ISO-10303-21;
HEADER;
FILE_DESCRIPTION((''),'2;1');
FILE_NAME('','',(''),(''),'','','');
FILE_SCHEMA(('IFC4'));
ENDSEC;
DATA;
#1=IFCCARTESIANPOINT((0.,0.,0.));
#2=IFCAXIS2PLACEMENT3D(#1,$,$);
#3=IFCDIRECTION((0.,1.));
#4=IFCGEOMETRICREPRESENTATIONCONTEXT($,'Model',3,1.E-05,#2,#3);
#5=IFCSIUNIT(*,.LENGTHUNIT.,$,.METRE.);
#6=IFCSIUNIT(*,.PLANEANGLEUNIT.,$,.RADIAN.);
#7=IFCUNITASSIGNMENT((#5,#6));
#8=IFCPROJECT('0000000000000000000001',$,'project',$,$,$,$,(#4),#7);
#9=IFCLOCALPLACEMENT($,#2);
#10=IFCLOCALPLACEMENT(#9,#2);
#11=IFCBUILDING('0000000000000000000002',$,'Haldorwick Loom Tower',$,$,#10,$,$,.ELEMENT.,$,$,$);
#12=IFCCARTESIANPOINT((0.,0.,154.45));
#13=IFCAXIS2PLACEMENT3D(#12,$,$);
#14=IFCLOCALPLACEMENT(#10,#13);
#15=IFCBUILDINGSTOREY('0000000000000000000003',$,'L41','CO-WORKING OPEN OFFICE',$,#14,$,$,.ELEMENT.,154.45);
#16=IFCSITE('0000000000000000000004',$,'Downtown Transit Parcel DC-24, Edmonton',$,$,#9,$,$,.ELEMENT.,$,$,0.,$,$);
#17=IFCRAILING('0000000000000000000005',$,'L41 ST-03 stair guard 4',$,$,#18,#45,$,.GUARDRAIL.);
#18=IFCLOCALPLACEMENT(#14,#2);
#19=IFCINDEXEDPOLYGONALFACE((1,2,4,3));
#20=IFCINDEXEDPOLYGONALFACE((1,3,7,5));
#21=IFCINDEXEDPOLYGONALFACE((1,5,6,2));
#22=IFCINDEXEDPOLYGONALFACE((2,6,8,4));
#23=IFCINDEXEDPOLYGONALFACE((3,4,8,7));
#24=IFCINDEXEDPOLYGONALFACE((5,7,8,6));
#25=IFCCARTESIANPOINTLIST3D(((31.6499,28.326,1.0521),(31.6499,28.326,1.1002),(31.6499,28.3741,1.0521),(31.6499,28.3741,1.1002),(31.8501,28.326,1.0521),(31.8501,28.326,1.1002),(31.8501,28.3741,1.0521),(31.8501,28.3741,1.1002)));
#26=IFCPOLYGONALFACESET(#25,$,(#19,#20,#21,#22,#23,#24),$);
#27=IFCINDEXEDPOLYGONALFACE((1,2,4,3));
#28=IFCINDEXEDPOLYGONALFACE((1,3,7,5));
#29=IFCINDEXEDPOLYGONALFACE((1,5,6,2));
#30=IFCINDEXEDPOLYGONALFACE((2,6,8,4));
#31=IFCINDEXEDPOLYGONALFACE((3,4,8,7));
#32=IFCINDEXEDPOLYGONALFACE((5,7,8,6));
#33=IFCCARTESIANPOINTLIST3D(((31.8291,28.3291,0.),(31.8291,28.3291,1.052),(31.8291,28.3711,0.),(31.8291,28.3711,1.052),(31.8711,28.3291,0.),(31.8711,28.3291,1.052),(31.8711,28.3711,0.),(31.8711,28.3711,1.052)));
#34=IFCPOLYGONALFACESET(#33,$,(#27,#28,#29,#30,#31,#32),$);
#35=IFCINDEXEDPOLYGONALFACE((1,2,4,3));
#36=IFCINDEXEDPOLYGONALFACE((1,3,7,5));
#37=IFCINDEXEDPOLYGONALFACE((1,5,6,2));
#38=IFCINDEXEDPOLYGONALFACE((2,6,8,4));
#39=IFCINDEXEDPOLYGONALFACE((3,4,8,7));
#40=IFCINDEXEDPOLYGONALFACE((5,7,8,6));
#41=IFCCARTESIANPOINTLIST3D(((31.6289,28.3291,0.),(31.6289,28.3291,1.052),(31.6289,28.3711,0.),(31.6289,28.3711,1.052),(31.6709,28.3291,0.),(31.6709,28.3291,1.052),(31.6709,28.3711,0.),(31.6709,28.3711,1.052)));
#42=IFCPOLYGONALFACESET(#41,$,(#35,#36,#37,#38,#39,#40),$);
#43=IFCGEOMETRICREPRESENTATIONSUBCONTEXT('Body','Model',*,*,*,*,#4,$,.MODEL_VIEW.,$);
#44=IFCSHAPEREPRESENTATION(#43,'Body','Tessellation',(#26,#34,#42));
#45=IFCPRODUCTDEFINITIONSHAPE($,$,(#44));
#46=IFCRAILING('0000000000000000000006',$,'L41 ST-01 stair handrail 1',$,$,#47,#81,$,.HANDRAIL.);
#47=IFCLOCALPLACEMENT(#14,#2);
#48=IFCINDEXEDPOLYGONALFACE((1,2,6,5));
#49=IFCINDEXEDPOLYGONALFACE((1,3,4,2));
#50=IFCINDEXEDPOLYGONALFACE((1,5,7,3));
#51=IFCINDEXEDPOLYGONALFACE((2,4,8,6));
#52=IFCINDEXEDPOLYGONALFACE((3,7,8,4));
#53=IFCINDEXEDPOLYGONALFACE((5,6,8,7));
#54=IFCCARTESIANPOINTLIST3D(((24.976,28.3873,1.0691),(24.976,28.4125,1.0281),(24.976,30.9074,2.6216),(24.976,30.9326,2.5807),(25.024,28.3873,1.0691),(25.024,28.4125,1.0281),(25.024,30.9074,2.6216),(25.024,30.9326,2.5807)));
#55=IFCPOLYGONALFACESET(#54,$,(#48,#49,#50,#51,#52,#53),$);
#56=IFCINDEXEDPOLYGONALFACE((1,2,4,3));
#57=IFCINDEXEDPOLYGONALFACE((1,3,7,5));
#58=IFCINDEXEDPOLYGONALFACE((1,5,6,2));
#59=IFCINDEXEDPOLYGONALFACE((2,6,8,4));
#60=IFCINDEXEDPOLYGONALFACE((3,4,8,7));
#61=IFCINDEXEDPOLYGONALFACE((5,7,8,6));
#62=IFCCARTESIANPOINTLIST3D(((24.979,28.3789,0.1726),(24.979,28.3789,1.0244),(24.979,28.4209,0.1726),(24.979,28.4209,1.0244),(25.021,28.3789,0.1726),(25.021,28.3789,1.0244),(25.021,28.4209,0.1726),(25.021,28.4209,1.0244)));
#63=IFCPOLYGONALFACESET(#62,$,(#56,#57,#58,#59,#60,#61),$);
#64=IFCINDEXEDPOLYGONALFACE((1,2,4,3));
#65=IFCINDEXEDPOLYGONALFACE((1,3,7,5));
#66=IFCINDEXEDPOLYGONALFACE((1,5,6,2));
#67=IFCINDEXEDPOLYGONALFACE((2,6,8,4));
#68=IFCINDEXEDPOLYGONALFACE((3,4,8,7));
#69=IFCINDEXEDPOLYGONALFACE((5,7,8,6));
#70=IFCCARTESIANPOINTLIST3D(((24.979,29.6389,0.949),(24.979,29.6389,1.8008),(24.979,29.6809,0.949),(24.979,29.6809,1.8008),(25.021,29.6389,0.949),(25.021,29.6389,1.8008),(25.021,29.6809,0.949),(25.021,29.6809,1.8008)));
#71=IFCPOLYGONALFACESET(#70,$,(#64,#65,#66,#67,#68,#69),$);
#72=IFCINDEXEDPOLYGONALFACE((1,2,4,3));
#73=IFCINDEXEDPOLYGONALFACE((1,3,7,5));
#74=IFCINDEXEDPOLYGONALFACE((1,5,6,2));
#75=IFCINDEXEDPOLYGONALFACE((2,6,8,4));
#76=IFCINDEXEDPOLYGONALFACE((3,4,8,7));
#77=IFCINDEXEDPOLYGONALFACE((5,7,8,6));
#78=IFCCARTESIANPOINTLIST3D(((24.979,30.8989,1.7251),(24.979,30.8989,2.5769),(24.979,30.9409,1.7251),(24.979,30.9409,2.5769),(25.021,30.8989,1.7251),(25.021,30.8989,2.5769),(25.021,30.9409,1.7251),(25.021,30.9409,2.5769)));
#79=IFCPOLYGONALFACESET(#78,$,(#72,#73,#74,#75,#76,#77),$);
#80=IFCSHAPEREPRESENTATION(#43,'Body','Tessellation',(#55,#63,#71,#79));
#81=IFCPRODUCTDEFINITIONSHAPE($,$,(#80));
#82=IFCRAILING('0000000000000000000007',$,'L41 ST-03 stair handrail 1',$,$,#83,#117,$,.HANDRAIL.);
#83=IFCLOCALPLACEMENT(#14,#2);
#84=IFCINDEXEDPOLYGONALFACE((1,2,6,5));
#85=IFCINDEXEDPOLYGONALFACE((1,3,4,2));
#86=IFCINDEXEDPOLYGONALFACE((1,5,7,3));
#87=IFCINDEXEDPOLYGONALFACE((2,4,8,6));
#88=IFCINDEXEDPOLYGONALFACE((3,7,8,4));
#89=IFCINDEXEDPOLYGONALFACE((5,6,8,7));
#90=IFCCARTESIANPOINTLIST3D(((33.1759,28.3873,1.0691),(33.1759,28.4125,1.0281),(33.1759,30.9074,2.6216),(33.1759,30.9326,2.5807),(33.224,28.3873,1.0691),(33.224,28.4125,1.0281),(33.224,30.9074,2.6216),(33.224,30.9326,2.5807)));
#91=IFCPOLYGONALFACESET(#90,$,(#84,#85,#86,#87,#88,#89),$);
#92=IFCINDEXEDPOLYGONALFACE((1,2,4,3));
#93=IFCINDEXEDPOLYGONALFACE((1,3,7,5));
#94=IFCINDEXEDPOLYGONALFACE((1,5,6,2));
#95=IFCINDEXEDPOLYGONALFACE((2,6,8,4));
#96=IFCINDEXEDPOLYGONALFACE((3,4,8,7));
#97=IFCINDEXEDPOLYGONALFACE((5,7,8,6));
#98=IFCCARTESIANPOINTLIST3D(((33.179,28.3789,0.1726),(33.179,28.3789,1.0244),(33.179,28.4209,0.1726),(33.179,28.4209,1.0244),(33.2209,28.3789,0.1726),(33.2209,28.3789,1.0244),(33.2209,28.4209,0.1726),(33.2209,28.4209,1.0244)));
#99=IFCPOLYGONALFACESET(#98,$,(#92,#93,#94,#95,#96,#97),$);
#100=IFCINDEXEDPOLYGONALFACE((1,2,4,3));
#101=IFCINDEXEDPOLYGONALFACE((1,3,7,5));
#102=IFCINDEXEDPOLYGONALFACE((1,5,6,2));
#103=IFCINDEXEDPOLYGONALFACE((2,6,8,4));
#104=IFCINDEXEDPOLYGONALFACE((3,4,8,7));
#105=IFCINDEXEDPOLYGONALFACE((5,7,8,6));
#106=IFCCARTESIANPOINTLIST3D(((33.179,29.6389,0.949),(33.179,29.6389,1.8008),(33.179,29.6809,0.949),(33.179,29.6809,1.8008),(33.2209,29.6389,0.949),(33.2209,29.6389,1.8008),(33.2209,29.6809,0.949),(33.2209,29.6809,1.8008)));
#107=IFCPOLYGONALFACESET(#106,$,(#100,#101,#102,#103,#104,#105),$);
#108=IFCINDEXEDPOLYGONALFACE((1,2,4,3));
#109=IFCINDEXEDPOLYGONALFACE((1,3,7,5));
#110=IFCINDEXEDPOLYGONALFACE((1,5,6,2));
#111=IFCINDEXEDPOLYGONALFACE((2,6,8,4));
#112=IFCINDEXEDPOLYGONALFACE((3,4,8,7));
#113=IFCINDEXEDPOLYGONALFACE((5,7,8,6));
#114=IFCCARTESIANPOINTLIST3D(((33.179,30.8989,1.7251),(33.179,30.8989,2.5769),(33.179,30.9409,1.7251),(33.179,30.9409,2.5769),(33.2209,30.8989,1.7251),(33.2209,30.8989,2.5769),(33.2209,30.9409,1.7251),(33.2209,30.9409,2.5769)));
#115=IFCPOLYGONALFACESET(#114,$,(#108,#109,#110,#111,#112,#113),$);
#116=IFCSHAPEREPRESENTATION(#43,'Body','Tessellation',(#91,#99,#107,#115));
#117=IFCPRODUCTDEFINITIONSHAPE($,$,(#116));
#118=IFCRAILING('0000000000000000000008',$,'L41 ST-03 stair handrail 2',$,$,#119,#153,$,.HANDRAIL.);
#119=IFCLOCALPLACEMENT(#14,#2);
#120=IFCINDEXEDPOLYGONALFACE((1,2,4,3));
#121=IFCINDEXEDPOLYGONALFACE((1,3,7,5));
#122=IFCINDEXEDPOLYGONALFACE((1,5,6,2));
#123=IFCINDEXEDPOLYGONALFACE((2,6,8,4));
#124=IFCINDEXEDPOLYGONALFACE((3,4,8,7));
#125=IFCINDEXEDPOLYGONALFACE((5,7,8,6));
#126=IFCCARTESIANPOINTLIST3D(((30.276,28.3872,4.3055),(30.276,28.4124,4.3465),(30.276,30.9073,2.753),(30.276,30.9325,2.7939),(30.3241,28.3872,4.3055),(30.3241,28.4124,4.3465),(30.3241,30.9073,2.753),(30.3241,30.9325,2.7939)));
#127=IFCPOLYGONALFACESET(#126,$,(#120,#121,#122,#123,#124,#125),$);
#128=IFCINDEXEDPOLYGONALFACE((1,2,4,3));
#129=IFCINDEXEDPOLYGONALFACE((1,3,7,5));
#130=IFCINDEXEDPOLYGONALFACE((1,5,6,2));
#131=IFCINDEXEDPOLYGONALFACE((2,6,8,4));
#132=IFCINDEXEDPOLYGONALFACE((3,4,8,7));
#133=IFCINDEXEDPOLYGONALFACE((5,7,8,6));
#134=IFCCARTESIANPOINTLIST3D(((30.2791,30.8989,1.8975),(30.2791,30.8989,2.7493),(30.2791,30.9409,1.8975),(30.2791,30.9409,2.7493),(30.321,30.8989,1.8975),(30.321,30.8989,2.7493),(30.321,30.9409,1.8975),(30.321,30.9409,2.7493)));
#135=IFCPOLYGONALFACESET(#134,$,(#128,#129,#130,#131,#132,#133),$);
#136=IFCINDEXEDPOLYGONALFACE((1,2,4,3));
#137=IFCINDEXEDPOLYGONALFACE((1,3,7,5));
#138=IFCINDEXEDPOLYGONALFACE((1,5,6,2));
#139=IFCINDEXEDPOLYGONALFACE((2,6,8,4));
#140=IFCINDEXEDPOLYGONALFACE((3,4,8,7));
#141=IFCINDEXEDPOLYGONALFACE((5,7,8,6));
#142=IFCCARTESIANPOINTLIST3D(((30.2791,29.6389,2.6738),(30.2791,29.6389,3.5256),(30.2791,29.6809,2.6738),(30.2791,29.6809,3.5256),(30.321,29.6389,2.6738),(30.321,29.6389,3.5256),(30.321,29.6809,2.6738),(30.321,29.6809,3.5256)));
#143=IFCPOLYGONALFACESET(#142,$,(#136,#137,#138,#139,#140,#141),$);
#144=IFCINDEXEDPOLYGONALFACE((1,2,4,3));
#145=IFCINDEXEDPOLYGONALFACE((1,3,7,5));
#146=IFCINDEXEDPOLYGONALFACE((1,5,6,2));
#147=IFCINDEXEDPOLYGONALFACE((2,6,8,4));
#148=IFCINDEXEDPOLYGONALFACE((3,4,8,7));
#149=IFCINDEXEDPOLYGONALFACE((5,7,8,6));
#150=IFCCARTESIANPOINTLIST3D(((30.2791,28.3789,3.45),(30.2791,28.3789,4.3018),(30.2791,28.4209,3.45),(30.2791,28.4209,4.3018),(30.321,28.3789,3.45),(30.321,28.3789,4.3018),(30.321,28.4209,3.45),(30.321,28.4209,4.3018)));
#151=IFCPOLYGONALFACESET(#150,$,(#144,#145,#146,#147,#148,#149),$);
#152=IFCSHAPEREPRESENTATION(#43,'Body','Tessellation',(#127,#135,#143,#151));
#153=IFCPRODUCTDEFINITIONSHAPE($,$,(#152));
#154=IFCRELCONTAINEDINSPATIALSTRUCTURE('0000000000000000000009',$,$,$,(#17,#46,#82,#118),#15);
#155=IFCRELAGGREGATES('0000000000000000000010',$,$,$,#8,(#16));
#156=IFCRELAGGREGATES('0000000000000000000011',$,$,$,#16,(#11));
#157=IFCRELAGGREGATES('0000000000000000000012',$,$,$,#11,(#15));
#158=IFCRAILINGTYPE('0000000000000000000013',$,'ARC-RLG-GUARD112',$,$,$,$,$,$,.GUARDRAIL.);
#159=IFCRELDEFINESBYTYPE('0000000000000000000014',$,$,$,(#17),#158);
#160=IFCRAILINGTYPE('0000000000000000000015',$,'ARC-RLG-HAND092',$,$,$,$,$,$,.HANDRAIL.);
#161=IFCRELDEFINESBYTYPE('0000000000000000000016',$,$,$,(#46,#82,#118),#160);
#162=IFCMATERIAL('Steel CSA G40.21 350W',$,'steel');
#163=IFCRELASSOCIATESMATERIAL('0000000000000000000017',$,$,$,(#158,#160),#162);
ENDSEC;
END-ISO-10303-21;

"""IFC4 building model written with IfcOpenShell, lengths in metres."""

from ifc_helpers import new_model, si_unit, direction, frame, origin, origin_2d, place, context, subcontext, project, spatial, rectangle, extrude, material, type_object, element, save


model = new_model("IFC4")

# Units and contexts
model_context = context("Model", 3, precision=1e-05, world=origin(), true_north=direction((0.0, 1.0)))
body_context = subcontext(model_context, "Body", "Model", "MODEL_VIEW")
ifc_project = project(units=[si_unit("LENGTHUNIT", "METRE"), si_unit("PLANEANGLEUNIT", "RADIAN")], contexts=[model_context])

# Site, building, storey
site_placement = place(None, origin())
site = spatial("IfcSite", under=ifc_project, at=site_placement, Name="Downtown Transit Parcel DC-24, Edmonton", CompositionType="ELEMENT", RefElevation=0.0)
building_placement = place(site_placement, origin())
building = spatial("IfcBuilding", under=site, at=building_placement, Name="Haldorwick Loom Tower", CompositionType="ELEMENT")
storey_placement = place(building_placement, frame((0.0, 0.0, 154.45)))
storey = spatial("IfcBuildingStorey", under=building, at=storey_placement, Name="L41", Description="CO-WORKING OPEN OFFICE", CompositionType="ELEMENT", Elevation=154.45)

# Shared definitions
ifc_material_1 = material(Name="Steel CSA G40.21 350W", Category="steel")

# Railings
railing_type_1 = type_object("IfcRailingType", Name="ARC-RLG-GUARD112", PredefinedType="GUARDRAIL", material=ifc_material_1)
railing_1_placement = place(storey_placement, frame((31.8501, 28.3501, 0.0)))
element("IfcRailing", 1, at=railing_1_placement, inside=storey, type_object=railing_type_1, Name="L41 ST-03 stair guard 4", PredefinedType="GUARDRAIL", context=body_context, shape_type="SweptSolid", body=[
    extrude(rectangle(XDim=0.0481, YDim=0.0481, at=origin_2d()), frame((0.0, 0.0, 1.0762), z_axis=(-1.0, 0.0, 0.0), x_axis=(0.0, -1.0, 0.0)), (0.0, 0.0, 1.0), 0.2002),
    extrude(rectangle(XDim=0.042, YDim=0.042, at=origin_2d()), origin(), (0.0, 0.0, 1.0), 1.052),
    extrude(rectangle(XDim=0.042, YDim=0.042, at=origin_2d()), frame((-0.2002, 0.0, 0.0)), (0.0, 0.0, 1.0), 1.052),
])
railing_type_2 = type_object("IfcRailingType", Name="ARC-RLG-HAND092", PredefinedType="HANDRAIL", material=ifc_material_1)
for number, where, name in (
    (2, (25.0, 28.3999, 0.1726), "L41 ST-01 stair handrail 1"),
    (3, (33.2, 28.3999, 0.1726), "L41 ST-03 stair handrail 1"),
):
    element("IfcRailing", number, at=place(storey_placement, frame(where)), inside=storey, type_object=railing_type_2, Name=name, PredefinedType="HANDRAIL", context=body_context, shape_type="SweptSolid", body=[
        extrude(rectangle(XDim=0.0481, YDim=0.0481, at=origin_2d()), frame((0.0, 0.0, 0.876), z_axis=(0.0, 0.8514, 0.524516), x_axis=(-1.0, 0.0, 0.0)), (0.0, 0.0, 1.0), 2.96),
        extrude(rectangle(XDim=0.042, YDim=0.042, at=origin_2d()), origin(), (0.0, 0.0, 1.0), 0.8518),
        extrude(rectangle(XDim=0.042, YDim=0.042, at=origin_2d()), frame((0.0, 1.26, 0.7764)), (0.0, 0.0, 1.0), 0.8518),
        extrude(rectangle(XDim=0.042, YDim=0.042, at=origin_2d()), frame((0.0, 2.52, 1.5525)), (0.0, 0.0, 1.0), 0.8518),
    ])
railing_2_placement = place(storey_placement, frame((30.3, 30.9199, 1.8975)))
element("IfcRailing", 4, at=railing_2_placement, inside=storey, type_object=railing_type_2, Name="L41 ST-03 stair handrail 2", PredefinedType="HANDRAIL", context=body_context, shape_type="SweptSolid", body=[
    extrude(rectangle(XDim=0.0481, YDim=0.0481, at=origin_2d()), frame((0.0, 0.0, 0.876), z_axis=(0.0, -0.8514, 0.524516), x_axis=(1.0, 0.0, 0.0)), (0.0, 0.0, 1.0), 2.96),
    extrude(rectangle(XDim=0.042, YDim=0.042, at=origin_2d()), origin(), (0.0, 0.0, 1.0), 0.8518),
    extrude(rectangle(XDim=0.042, YDim=0.042, at=origin_2d()), frame((0.0, -1.26, 0.7764)), (0.0, 0.0, 1.0), 0.8518),
    extrude(rectangle(XDim=0.042, YDim=0.042, at=origin_2d()), frame((0.0, -2.52, 1.5525)), (0.0, 0.0, 1.0), 0.8518),
])

save(model, "model.ifc")
